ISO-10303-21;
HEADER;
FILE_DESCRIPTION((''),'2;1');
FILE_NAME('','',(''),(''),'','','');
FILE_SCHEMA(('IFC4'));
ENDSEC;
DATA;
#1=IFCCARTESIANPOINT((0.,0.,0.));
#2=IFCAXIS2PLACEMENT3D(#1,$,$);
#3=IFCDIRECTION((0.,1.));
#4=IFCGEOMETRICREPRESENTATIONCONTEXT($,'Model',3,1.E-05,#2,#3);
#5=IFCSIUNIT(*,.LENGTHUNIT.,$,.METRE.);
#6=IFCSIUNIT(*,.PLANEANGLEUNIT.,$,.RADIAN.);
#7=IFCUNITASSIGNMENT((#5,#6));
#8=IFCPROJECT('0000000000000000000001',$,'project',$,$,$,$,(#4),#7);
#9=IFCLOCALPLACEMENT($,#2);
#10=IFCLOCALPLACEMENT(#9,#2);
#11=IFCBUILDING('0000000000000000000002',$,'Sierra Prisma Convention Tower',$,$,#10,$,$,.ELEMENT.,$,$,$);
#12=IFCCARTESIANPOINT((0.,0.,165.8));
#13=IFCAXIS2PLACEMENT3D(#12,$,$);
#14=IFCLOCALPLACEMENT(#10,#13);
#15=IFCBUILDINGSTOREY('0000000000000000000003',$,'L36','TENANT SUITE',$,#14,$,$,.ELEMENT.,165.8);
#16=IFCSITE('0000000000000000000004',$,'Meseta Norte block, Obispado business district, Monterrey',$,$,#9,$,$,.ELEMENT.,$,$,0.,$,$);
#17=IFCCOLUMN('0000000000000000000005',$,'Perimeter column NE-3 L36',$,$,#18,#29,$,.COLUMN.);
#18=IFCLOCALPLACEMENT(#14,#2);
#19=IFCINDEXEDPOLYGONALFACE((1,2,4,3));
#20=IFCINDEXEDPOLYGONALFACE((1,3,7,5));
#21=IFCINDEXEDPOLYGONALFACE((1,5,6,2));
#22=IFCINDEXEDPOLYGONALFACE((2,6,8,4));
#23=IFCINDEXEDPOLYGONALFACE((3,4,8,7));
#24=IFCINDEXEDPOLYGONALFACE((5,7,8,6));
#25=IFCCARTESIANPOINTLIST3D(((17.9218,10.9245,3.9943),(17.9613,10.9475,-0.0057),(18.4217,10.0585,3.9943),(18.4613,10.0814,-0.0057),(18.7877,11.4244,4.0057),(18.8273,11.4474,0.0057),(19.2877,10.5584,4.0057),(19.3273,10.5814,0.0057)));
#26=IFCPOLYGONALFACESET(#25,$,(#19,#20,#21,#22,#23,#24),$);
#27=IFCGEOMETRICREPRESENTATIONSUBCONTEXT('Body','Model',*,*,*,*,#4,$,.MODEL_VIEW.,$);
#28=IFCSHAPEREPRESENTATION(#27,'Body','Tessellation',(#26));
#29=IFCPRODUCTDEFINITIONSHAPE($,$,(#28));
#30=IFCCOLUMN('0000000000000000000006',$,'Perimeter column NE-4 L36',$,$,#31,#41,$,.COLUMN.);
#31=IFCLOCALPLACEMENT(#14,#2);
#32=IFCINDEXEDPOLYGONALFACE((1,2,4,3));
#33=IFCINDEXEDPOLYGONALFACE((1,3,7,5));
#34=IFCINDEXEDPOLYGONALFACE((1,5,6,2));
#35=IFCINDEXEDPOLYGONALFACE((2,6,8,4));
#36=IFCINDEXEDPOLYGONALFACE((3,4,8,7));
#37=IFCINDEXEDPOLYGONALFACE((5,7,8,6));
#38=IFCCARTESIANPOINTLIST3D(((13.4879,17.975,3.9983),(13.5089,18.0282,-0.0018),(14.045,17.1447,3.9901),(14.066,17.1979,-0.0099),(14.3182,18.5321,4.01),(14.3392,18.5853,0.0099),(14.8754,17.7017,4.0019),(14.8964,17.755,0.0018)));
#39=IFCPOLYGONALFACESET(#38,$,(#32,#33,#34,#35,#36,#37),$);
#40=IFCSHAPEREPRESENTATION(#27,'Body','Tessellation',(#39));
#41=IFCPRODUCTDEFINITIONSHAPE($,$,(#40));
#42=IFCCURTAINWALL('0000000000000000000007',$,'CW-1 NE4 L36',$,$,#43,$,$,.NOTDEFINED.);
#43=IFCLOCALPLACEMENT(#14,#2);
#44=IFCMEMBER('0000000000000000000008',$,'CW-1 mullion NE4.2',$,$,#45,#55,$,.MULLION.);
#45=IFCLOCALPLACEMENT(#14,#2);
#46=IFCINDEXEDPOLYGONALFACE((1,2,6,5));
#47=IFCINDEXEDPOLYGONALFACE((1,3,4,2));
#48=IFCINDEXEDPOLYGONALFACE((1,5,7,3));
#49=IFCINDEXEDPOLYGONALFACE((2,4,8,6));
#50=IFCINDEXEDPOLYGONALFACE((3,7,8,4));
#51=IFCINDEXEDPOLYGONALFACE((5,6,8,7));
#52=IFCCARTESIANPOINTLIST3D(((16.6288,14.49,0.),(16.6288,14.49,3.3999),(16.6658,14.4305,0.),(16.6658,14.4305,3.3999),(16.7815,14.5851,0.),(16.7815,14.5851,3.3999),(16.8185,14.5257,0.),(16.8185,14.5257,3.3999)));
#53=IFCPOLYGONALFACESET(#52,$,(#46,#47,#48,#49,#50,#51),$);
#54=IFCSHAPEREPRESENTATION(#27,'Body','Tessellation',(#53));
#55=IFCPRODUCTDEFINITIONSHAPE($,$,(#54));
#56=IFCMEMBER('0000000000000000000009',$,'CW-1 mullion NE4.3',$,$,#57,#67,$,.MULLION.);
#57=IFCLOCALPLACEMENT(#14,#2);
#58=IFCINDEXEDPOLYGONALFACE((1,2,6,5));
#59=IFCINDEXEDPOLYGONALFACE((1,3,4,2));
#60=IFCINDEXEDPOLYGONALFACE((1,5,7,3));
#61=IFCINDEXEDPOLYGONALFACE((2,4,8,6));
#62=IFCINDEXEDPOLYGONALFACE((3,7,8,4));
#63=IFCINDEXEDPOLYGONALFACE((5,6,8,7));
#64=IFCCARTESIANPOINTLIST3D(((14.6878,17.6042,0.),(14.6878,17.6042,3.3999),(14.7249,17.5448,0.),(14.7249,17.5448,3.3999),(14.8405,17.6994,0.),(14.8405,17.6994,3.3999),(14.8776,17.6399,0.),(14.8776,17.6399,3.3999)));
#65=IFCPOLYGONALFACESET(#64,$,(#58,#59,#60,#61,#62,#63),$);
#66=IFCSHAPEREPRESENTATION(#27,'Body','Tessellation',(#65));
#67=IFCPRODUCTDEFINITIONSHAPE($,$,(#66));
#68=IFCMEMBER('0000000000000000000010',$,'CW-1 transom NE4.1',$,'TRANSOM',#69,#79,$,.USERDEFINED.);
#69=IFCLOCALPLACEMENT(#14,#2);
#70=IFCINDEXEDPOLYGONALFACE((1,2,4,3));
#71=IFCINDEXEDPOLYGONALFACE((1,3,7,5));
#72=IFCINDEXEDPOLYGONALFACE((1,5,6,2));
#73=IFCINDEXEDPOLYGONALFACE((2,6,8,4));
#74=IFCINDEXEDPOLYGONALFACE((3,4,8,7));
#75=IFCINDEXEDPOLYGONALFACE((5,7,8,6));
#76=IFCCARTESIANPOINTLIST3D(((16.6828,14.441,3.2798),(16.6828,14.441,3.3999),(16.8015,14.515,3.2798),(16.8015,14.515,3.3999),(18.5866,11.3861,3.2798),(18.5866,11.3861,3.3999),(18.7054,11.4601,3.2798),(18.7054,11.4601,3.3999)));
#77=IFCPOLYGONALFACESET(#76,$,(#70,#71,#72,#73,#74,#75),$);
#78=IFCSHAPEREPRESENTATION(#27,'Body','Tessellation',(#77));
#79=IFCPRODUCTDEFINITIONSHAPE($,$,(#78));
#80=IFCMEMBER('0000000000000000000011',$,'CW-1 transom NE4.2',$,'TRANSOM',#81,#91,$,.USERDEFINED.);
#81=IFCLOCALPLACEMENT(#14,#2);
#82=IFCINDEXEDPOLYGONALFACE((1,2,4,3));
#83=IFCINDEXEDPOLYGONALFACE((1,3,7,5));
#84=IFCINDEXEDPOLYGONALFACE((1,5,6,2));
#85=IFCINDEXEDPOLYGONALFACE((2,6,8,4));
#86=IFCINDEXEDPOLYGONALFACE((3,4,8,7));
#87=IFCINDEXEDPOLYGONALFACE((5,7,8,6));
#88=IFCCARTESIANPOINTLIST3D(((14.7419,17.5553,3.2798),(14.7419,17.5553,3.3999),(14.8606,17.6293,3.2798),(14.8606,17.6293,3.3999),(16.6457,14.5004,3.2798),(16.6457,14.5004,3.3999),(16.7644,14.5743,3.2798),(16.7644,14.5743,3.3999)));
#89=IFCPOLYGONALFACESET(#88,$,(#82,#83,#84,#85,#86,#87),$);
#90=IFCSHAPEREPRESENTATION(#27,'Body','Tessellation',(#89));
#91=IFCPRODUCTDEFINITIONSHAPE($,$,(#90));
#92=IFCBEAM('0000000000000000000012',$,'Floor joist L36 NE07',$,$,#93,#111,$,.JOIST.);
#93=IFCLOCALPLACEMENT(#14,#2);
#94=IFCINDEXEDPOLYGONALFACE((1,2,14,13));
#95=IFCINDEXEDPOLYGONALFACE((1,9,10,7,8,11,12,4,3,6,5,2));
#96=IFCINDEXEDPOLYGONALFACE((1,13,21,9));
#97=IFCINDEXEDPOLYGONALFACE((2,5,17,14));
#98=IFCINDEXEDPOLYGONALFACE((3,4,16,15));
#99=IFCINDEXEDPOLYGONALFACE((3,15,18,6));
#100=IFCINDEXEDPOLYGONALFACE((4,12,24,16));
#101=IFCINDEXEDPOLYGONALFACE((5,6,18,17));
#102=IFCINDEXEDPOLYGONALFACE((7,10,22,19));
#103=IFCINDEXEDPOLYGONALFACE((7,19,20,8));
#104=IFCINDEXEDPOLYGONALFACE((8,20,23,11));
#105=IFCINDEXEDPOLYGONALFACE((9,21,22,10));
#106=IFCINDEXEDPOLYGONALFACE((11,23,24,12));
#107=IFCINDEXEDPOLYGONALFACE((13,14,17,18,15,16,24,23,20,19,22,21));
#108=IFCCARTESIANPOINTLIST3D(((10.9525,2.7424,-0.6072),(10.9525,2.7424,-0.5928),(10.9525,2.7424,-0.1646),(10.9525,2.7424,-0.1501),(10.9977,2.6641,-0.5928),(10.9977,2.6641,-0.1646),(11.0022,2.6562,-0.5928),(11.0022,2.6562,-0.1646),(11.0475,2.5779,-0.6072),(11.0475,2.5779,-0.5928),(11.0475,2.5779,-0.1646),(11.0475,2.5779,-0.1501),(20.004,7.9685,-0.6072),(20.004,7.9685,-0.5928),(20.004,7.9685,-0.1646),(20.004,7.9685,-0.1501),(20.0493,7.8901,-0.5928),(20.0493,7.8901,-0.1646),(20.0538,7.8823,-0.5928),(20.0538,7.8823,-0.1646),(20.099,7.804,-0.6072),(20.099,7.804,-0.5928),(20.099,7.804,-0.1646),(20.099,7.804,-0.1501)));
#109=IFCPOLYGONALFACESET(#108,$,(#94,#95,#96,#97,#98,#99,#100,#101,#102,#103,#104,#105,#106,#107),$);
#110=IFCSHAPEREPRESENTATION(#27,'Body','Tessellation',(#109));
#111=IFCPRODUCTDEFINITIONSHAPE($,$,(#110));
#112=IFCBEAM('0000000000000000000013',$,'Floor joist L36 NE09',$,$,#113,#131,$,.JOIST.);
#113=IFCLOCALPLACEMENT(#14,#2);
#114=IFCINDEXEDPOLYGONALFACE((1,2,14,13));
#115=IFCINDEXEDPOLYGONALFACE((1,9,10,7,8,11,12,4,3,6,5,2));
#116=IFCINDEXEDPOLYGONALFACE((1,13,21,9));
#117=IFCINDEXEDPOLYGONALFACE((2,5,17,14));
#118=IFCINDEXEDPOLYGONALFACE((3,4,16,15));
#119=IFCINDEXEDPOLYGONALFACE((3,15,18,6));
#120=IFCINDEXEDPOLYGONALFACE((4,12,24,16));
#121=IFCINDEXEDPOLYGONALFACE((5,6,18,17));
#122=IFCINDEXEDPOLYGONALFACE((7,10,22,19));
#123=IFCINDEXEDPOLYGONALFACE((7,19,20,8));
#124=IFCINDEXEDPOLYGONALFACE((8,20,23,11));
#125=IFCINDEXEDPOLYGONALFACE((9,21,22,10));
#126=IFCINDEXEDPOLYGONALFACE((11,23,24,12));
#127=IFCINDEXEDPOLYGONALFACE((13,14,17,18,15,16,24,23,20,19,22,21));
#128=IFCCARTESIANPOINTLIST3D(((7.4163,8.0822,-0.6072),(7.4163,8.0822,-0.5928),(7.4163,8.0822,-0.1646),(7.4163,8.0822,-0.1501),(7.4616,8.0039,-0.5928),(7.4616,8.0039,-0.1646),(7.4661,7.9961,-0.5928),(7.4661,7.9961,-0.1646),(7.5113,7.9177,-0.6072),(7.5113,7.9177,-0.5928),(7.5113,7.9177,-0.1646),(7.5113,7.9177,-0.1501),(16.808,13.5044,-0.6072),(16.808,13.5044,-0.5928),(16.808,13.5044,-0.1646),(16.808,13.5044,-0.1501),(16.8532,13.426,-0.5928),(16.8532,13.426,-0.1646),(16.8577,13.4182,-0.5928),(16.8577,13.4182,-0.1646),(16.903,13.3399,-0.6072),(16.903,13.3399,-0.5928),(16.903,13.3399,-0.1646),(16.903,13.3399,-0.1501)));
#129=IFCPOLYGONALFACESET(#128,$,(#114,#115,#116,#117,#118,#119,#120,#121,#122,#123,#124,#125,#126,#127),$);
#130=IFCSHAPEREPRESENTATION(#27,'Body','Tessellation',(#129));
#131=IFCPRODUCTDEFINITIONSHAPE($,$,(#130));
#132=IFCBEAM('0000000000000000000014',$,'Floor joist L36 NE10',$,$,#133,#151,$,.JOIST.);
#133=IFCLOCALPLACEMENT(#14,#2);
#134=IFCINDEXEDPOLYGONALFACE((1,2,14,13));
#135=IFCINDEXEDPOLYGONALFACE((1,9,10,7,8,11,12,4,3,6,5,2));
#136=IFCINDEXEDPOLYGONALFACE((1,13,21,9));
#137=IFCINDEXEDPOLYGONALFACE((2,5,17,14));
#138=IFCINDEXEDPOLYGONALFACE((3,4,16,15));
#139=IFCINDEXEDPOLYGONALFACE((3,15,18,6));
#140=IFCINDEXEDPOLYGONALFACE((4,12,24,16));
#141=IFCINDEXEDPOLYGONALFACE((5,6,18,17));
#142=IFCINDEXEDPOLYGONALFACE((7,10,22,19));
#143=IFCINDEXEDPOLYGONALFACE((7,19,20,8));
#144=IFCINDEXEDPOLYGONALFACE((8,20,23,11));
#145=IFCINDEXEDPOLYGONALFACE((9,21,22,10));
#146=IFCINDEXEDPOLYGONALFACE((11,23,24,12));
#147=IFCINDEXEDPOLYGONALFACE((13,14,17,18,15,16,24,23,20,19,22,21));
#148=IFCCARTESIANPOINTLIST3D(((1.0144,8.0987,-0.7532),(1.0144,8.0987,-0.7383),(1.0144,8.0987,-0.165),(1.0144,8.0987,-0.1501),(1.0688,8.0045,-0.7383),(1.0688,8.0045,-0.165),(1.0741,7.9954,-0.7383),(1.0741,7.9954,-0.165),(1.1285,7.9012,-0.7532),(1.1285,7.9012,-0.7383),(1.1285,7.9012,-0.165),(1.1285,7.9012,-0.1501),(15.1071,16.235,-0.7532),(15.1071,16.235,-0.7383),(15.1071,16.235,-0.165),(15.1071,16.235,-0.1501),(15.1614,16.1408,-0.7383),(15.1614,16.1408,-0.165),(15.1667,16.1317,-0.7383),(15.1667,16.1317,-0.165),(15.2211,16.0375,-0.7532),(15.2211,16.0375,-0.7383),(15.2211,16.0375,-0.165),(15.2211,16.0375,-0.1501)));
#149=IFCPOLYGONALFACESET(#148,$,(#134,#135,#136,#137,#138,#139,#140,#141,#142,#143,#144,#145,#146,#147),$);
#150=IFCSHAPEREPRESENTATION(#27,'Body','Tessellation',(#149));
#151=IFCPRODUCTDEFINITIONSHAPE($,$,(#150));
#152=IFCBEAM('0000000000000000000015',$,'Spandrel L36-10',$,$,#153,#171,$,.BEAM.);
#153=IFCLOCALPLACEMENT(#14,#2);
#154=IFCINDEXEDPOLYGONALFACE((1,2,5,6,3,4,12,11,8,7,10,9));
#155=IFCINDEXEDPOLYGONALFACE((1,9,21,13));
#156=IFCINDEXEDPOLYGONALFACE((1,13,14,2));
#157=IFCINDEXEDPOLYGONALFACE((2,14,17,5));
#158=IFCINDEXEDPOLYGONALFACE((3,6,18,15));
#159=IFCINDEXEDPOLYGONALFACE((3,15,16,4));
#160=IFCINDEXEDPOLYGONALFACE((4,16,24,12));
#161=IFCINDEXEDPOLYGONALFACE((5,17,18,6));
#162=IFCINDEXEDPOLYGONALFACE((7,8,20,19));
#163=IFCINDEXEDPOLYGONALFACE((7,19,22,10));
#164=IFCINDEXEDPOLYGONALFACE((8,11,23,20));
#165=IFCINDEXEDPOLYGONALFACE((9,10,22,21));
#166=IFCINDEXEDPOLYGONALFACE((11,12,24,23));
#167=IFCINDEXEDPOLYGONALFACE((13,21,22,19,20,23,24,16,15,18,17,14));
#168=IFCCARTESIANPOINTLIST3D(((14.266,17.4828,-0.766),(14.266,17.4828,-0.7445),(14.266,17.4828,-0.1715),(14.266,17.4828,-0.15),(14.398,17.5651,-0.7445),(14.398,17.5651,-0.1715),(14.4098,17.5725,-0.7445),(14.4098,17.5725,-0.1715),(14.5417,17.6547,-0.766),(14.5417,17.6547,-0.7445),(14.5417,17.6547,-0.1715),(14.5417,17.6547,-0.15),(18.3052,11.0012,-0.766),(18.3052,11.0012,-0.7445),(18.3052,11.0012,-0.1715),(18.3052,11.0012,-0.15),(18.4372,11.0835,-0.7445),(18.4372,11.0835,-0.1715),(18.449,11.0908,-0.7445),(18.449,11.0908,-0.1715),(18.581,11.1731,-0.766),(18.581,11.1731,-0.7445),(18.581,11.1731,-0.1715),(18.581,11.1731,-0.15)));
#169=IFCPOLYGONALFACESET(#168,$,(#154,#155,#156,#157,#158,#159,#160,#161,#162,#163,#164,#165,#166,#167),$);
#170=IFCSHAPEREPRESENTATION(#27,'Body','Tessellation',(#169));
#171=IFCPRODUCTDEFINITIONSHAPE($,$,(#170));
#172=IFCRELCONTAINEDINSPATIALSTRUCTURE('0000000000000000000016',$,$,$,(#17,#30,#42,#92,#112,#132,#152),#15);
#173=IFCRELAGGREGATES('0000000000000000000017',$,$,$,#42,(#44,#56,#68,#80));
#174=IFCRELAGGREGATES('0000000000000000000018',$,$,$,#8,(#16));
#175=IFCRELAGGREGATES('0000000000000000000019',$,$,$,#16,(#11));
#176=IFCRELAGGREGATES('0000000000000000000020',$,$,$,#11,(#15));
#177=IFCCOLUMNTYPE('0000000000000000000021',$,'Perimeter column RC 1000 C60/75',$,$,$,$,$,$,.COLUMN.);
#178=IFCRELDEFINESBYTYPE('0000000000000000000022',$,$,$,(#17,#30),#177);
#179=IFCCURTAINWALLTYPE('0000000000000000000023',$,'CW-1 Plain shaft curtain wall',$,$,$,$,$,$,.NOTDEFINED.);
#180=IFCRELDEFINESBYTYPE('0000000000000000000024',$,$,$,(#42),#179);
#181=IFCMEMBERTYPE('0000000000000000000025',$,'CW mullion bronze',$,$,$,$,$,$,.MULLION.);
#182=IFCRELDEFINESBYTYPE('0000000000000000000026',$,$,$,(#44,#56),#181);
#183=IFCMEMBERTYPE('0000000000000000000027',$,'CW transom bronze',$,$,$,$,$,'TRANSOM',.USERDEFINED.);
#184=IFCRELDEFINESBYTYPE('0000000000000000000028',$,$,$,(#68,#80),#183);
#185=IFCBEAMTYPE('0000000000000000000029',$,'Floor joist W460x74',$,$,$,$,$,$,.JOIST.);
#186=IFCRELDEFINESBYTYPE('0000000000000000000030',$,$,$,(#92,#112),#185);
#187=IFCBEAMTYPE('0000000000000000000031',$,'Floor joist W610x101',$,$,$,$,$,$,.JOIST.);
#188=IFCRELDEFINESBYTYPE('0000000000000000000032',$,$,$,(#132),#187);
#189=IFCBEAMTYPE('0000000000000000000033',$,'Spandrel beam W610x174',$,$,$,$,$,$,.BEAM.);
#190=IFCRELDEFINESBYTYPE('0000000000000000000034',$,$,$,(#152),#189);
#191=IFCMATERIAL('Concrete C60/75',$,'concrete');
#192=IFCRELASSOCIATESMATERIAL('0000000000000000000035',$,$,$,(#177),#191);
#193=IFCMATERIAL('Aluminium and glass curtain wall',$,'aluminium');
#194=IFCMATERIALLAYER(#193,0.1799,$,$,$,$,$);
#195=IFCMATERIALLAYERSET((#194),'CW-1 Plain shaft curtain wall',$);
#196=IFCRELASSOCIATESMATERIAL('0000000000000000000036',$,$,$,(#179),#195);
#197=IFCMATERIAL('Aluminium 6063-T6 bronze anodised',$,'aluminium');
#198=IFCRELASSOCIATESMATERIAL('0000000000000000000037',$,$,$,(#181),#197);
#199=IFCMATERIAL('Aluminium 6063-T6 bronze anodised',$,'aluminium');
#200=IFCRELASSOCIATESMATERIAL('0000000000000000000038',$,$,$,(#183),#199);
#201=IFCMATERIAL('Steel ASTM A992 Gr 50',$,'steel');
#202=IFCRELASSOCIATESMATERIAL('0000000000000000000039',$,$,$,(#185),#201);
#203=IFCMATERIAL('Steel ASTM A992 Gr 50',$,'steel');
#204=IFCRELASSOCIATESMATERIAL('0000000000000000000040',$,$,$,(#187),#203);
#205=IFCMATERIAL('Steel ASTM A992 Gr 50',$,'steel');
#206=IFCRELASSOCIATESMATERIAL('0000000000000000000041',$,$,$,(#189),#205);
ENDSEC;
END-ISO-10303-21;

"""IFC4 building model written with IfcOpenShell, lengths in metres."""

from ifc_helpers import new_model, si_unit, direction, frame, origin, origin_2d, place, context, subcontext, project, spatial, rectangle, i_section, extrude, material, layer, layer_set, material_profile, profile_set, type_object, element, aggregate, save


model = new_model("IFC4")

# Units and contexts
model_context = context("Model", 3, precision=1e-05, world=origin(), true_north=direction((0.0, 1.0)))
body_context = subcontext(model_context, "Body", "Model", "MODEL_VIEW")
ifc_project = project(units=[si_unit("LENGTHUNIT", "METRE"), si_unit("PLANEANGLEUNIT", "RADIAN")], contexts=[model_context])

# Site, building, storey
site_placement = place(None, origin())
site = spatial("IfcSite", under=ifc_project, at=site_placement, Name="Meseta Norte block, Obispado business district, Monterrey", CompositionType="ELEMENT", RefElevation=0.0)
building_placement = place(site_placement, origin())
building = spatial("IfcBuilding", under=site, at=building_placement, Name="Sierra Prisma Convention Tower", CompositionType="ELEMENT")
storey_placement = place(building_placement, frame((0.0, 0.0, 165.8)))
storey = spatial("IfcBuildingStorey", under=building, at=storey_placement, Name="L36", Description="TENANT SUITE", CompositionType="ELEMENT", Elevation=165.8)

# Columns
ifc_material_1 = material(Name="Concrete C60/75", Category="concrete")
ifc_material_profile_1 = material_profile(ifc_material_1, rectangle(XDim=1.0, YDim=1.0, at=origin_2d()), Name="Perimeter column RC 1000 C60/75")
ifc_profile_set_1 = profile_set([ifc_material_profile_1], Name="Concrete C60/75")
column_type = type_object("IfcColumnType", Name="Perimeter column RC 1000 C60/75", PredefinedType="COLUMN", material=ifc_profile_set_1)
column_1_placement = place(storey_placement, frame((18.6443, 10.7644, 0.0), z_axis=(-0.009887, -0.005737, 0.999935), x_axis=(-0.499976, 0.86604, 0.000025)))
element("IfcColumn", 1, at=column_1_placement, inside=storey, type_object=column_type, Name="Perimeter column NE-3 L36", PredefinedType="COLUMN", context=body_context, shape_type="SweptSolid", body=[
    extrude(rectangle(XDim=1.0, YDim=1.0, at=origin_2d()), origin(), (0.0, 0.0, 1.0), 4.0002),
])
column_2_placement = place(storey_placement, frame((14.2026, 17.8916, 0.0), z_axis=(-0.005248, -0.013304, 0.999898), x_axis=(-0.557174, 0.830356, 0.008124)))
element("IfcColumn", 2, at=column_2_placement, inside=storey, type_object=column_type, Name="Perimeter column NE-4 L36", PredefinedType="COLUMN", context=body_context, shape_type="SweptSolid", body=[
    extrude(rectangle(XDim=1.0, YDim=1.0, at=origin_2d()), origin(), (0.0, 0.0, 1.0), 4.0005),
])

# Curtain wall, members
ifc_material_2 = material(Name="Aluminium and glass curtain wall", Category="aluminium")
ifc_layer_1 = layer(ifc_material_2, 0.1799)
ifc_layer_set_1 = layer_set([ifc_layer_1], Name="CW-1 Plain shaft curtain wall")
curtain_wall_type = type_object("IfcCurtainWallType", Name="CW-1 Plain shaft curtain wall", PredefinedType="NOTDEFINED", material=ifc_layer_set_1)
curtain_wall_1_placement = place(storey_placement, origin())
curtain_wall_1 = element("IfcCurtainWall", 3, at=curtain_wall_1_placement, inside=storey, type_object=curtain_wall_type, Name="CW-1 NE4 L36", PredefinedType="NOTDEFINED")
ifc_material_3 = material(Name="Aluminium 6063-T6 bronze anodised", Category="aluminium")
ifc_material_profile_2 = material_profile(ifc_material_3, rectangle(XDim=0.1799, YDim=0.0701, at=origin_2d()), Name="ALU MULLION 70x180")
ifc_profile_set_2 = profile_set([ifc_material_profile_2], Name="Aluminium 6063-T6 bronze anodised")
member_type_1 = type_object("IfcMemberType", Name="CW mullion bronze", PredefinedType="MULLION", material=ifc_profile_set_2)
member_1_placement = place(storey_placement, frame((16.7236, 14.5078, 0.0), z_axis=(0.0, 0.0, 1.0), x_axis=(-0.84869, -0.528891, 0.0)))
member_1 = element("IfcMember", 4, at=member_1_placement, type_object=member_type_1, Name="CW-1 mullion NE4.2", PredefinedType="MULLION", context=body_context, shape_type="SweptSolid", body=[
    extrude(rectangle(XDim=0.1799, YDim=0.0701, at=origin_2d()), origin(), (0.0, 0.0, 1.0), 3.3999),
])
member_2_placement = place(storey_placement, frame((14.7827, 17.6221, 0.0), z_axis=(0.0, 0.0, 1.0), x_axis=(-0.84869, -0.528891, 0.0)))
member_2 = element("IfcMember", 5, at=member_2_placement, type_object=member_type_1, Name="CW-1 mullion NE4.3", PredefinedType="MULLION", context=body_context, shape_type="SweptSolid", body=[
    extrude(rectangle(XDim=0.1799, YDim=0.0701, at=origin_2d()), origin(), (0.0, 0.0, 1.0), 3.3999),
])
ifc_material_4 = material(Name="Aluminium 6063-T6 bronze anodised", Category="aluminium")
ifc_material_profile_3 = material_profile(ifc_material_4, rectangle(XDim=0.1399, YDim=0.1201, at=origin_2d()), Name="ALU TRANSOM 120x140")
ifc_profile_set_3 = profile_set([ifc_material_profile_3], Name="Aluminium 6063-T6 bronze anodised")
member_type_2 = type_object("IfcMemberType", Name="CW transom bronze", ElementType="TRANSOM", PredefinedType="USERDEFINED", material=ifc_profile_set_3)
member_3_placement = place(storey_placement, frame((18.646, 11.4231, 3.3398), z_axis=(-0.528895, 0.848687, 0.0), x_axis=(-0.848687, -0.528895, 0.0)))
member_3 = element("IfcMember", 6, at=member_3_placement, type_object=member_type_2, Name="CW-1 transom NE4.1", ObjectType="TRANSOM", PredefinedType="USERDEFINED", context=body_context, shape_type="SweptSolid", body=[
    extrude(rectangle(XDim=0.1399, YDim=0.1201, at=origin_2d()), origin(), (0.0, 0.0, 1.0), 3.5996),
])
member_4_placement = place(storey_placement, frame((16.7051, 14.5374, 3.3398), z_axis=(-0.528895, 0.848687, 0.0), x_axis=(-0.848687, -0.528895, 0.0)))
member_4 = element("IfcMember", 7, at=member_4_placement, type_object=member_type_2, Name="CW-1 transom NE4.2", ObjectType="TRANSOM", PredefinedType="USERDEFINED", context=body_context, shape_type="SweptSolid", body=[
    extrude(rectangle(XDim=0.1399, YDim=0.1201, at=origin_2d()), origin(), (0.0, 0.0, 1.0), 3.5996),
])

# Beams
ifc_material_5 = material(Name="Steel ASTM A992 Gr 50", Category="steel")
ifc_material_profile_4 = material_profile(ifc_material_5, i_section(OverallWidth=0.1899, OverallDepth=0.457, WebThickness=0.009, FlangeThickness=0.0144, at=origin_2d()), Name="W460x74")
ifc_profile_set_4 = profile_set([ifc_material_profile_4], Name="Steel ASTM A992 Gr 50")
beam_type_1 = type_object("IfcBeamType", Name="Floor joist W460x74", PredefinedType="JOIST", material=ifc_profile_set_4)
beam_1_placement = place(storey_placement, frame((20.0515, 7.8862, -0.3787), z_axis=(-0.866018, -0.500013, 0.0), x_axis=(0.500013, -0.866018, 0.0)))
element("IfcBeam", 8, at=beam_1_placement, inside=storey, type_object=beam_type_1, Name="Floor joist L36 NE07", PredefinedType="JOIST", context=body_context, shape_type="SweptSolid", body=[
    extrude(i_section(OverallWidth=0.1899, OverallDepth=0.457, WebThickness=0.009, FlangeThickness=0.0144, at=origin_2d()), origin(), (0.0, 0.0, 1.0), 10.4519),
])
beam_2_placement = place(storey_placement, frame((16.8555, 13.4221, -0.3787), z_axis=(-0.86603, -0.499991, 0.0), x_axis=(0.499991, -0.86603, 0.0)))
element("IfcBeam", 9, at=beam_2_placement, inside=storey, type_object=beam_type_1, Name="Floor joist L36 NE09", PredefinedType="JOIST", context=body_context, shape_type="SweptSolid", body=[
    extrude(i_section(OverallWidth=0.1899, OverallDepth=0.457, WebThickness=0.009, FlangeThickness=0.0144, at=origin_2d()), origin(), (0.0, 0.0, 1.0), 10.8445),
])
ifc_material_6 = material(Name="Steel ASTM A992 Gr 50", Category="steel")
ifc_material_profile_5 = material_profile(ifc_material_6, i_section(OverallWidth=0.228, OverallDepth=0.603, WebThickness=0.0105, FlangeThickness=0.0149, at=origin_2d()), Name="W610x101")
ifc_profile_set_5 = profile_set([ifc_material_profile_5], Name="Steel ASTM A992 Gr 50")
beam_type_2 = type_object("IfcBeamType", Name="Floor joist W610x101", PredefinedType="JOIST", material=ifc_profile_set_5)
beam_3_placement = place(storey_placement, frame((15.1641, 16.1362, -0.4517), z_axis=(-0.866028, -0.499996, 0.0), x_axis=(0.499996, -0.866028, 0.0)))
element("IfcBeam", 10, at=beam_3_placement, inside=storey, type_object=beam_type_2, Name="Floor joist L36 NE10", PredefinedType="JOIST", context=body_context, shape_type="SweptSolid", body=[
    extrude(i_section(OverallWidth=0.228, OverallDepth=0.603, WebThickness=0.0105, FlangeThickness=0.0149, at=origin_2d()), origin(), (0.0, 0.0, 1.0), 16.2727),
])
ifc_material_7 = material(Name="Steel ASTM A992 Gr 50", Category="steel")
ifc_material_profile_6 = material_profile(ifc_material_7, i_section(OverallWidth=0.325, OverallDepth=0.616, WebThickness=0.0139, FlangeThickness=0.0215, at=origin_2d()), Name="W610x174")
ifc_profile_set_6 = profile_set([ifc_material_profile_6], Name="Steel ASTM A992 Gr 50")
beam_type_3 = type_object("IfcBeamType", Name="Spandrel beam W610x174", PredefinedType="BEAM", material=ifc_profile_set_6)
beam_4_placement = place(storey_placement, frame((18.4431, 11.0872, -0.458), z_axis=(-0.528892, 0.848689, 0.0), x_axis=(-0.848689, -0.528892, 0.0)))
element("IfcBeam", 11, at=beam_4_placement, inside=storey, type_object=beam_type_3, Name="Spandrel L36-10", PredefinedType="BEAM", context=body_context, shape_type="SweptSolid", body=[
    extrude(i_section(OverallWidth=0.325, OverallDepth=0.616, WebThickness=0.0139, FlangeThickness=0.0215, at=origin_2d()), origin(), (0.0, 0.0, 1.0), 7.6372),
])

aggregate(curtain_wall_1, [member_1, member_2, member_3, member_4])

save(model, "model.ifc")
